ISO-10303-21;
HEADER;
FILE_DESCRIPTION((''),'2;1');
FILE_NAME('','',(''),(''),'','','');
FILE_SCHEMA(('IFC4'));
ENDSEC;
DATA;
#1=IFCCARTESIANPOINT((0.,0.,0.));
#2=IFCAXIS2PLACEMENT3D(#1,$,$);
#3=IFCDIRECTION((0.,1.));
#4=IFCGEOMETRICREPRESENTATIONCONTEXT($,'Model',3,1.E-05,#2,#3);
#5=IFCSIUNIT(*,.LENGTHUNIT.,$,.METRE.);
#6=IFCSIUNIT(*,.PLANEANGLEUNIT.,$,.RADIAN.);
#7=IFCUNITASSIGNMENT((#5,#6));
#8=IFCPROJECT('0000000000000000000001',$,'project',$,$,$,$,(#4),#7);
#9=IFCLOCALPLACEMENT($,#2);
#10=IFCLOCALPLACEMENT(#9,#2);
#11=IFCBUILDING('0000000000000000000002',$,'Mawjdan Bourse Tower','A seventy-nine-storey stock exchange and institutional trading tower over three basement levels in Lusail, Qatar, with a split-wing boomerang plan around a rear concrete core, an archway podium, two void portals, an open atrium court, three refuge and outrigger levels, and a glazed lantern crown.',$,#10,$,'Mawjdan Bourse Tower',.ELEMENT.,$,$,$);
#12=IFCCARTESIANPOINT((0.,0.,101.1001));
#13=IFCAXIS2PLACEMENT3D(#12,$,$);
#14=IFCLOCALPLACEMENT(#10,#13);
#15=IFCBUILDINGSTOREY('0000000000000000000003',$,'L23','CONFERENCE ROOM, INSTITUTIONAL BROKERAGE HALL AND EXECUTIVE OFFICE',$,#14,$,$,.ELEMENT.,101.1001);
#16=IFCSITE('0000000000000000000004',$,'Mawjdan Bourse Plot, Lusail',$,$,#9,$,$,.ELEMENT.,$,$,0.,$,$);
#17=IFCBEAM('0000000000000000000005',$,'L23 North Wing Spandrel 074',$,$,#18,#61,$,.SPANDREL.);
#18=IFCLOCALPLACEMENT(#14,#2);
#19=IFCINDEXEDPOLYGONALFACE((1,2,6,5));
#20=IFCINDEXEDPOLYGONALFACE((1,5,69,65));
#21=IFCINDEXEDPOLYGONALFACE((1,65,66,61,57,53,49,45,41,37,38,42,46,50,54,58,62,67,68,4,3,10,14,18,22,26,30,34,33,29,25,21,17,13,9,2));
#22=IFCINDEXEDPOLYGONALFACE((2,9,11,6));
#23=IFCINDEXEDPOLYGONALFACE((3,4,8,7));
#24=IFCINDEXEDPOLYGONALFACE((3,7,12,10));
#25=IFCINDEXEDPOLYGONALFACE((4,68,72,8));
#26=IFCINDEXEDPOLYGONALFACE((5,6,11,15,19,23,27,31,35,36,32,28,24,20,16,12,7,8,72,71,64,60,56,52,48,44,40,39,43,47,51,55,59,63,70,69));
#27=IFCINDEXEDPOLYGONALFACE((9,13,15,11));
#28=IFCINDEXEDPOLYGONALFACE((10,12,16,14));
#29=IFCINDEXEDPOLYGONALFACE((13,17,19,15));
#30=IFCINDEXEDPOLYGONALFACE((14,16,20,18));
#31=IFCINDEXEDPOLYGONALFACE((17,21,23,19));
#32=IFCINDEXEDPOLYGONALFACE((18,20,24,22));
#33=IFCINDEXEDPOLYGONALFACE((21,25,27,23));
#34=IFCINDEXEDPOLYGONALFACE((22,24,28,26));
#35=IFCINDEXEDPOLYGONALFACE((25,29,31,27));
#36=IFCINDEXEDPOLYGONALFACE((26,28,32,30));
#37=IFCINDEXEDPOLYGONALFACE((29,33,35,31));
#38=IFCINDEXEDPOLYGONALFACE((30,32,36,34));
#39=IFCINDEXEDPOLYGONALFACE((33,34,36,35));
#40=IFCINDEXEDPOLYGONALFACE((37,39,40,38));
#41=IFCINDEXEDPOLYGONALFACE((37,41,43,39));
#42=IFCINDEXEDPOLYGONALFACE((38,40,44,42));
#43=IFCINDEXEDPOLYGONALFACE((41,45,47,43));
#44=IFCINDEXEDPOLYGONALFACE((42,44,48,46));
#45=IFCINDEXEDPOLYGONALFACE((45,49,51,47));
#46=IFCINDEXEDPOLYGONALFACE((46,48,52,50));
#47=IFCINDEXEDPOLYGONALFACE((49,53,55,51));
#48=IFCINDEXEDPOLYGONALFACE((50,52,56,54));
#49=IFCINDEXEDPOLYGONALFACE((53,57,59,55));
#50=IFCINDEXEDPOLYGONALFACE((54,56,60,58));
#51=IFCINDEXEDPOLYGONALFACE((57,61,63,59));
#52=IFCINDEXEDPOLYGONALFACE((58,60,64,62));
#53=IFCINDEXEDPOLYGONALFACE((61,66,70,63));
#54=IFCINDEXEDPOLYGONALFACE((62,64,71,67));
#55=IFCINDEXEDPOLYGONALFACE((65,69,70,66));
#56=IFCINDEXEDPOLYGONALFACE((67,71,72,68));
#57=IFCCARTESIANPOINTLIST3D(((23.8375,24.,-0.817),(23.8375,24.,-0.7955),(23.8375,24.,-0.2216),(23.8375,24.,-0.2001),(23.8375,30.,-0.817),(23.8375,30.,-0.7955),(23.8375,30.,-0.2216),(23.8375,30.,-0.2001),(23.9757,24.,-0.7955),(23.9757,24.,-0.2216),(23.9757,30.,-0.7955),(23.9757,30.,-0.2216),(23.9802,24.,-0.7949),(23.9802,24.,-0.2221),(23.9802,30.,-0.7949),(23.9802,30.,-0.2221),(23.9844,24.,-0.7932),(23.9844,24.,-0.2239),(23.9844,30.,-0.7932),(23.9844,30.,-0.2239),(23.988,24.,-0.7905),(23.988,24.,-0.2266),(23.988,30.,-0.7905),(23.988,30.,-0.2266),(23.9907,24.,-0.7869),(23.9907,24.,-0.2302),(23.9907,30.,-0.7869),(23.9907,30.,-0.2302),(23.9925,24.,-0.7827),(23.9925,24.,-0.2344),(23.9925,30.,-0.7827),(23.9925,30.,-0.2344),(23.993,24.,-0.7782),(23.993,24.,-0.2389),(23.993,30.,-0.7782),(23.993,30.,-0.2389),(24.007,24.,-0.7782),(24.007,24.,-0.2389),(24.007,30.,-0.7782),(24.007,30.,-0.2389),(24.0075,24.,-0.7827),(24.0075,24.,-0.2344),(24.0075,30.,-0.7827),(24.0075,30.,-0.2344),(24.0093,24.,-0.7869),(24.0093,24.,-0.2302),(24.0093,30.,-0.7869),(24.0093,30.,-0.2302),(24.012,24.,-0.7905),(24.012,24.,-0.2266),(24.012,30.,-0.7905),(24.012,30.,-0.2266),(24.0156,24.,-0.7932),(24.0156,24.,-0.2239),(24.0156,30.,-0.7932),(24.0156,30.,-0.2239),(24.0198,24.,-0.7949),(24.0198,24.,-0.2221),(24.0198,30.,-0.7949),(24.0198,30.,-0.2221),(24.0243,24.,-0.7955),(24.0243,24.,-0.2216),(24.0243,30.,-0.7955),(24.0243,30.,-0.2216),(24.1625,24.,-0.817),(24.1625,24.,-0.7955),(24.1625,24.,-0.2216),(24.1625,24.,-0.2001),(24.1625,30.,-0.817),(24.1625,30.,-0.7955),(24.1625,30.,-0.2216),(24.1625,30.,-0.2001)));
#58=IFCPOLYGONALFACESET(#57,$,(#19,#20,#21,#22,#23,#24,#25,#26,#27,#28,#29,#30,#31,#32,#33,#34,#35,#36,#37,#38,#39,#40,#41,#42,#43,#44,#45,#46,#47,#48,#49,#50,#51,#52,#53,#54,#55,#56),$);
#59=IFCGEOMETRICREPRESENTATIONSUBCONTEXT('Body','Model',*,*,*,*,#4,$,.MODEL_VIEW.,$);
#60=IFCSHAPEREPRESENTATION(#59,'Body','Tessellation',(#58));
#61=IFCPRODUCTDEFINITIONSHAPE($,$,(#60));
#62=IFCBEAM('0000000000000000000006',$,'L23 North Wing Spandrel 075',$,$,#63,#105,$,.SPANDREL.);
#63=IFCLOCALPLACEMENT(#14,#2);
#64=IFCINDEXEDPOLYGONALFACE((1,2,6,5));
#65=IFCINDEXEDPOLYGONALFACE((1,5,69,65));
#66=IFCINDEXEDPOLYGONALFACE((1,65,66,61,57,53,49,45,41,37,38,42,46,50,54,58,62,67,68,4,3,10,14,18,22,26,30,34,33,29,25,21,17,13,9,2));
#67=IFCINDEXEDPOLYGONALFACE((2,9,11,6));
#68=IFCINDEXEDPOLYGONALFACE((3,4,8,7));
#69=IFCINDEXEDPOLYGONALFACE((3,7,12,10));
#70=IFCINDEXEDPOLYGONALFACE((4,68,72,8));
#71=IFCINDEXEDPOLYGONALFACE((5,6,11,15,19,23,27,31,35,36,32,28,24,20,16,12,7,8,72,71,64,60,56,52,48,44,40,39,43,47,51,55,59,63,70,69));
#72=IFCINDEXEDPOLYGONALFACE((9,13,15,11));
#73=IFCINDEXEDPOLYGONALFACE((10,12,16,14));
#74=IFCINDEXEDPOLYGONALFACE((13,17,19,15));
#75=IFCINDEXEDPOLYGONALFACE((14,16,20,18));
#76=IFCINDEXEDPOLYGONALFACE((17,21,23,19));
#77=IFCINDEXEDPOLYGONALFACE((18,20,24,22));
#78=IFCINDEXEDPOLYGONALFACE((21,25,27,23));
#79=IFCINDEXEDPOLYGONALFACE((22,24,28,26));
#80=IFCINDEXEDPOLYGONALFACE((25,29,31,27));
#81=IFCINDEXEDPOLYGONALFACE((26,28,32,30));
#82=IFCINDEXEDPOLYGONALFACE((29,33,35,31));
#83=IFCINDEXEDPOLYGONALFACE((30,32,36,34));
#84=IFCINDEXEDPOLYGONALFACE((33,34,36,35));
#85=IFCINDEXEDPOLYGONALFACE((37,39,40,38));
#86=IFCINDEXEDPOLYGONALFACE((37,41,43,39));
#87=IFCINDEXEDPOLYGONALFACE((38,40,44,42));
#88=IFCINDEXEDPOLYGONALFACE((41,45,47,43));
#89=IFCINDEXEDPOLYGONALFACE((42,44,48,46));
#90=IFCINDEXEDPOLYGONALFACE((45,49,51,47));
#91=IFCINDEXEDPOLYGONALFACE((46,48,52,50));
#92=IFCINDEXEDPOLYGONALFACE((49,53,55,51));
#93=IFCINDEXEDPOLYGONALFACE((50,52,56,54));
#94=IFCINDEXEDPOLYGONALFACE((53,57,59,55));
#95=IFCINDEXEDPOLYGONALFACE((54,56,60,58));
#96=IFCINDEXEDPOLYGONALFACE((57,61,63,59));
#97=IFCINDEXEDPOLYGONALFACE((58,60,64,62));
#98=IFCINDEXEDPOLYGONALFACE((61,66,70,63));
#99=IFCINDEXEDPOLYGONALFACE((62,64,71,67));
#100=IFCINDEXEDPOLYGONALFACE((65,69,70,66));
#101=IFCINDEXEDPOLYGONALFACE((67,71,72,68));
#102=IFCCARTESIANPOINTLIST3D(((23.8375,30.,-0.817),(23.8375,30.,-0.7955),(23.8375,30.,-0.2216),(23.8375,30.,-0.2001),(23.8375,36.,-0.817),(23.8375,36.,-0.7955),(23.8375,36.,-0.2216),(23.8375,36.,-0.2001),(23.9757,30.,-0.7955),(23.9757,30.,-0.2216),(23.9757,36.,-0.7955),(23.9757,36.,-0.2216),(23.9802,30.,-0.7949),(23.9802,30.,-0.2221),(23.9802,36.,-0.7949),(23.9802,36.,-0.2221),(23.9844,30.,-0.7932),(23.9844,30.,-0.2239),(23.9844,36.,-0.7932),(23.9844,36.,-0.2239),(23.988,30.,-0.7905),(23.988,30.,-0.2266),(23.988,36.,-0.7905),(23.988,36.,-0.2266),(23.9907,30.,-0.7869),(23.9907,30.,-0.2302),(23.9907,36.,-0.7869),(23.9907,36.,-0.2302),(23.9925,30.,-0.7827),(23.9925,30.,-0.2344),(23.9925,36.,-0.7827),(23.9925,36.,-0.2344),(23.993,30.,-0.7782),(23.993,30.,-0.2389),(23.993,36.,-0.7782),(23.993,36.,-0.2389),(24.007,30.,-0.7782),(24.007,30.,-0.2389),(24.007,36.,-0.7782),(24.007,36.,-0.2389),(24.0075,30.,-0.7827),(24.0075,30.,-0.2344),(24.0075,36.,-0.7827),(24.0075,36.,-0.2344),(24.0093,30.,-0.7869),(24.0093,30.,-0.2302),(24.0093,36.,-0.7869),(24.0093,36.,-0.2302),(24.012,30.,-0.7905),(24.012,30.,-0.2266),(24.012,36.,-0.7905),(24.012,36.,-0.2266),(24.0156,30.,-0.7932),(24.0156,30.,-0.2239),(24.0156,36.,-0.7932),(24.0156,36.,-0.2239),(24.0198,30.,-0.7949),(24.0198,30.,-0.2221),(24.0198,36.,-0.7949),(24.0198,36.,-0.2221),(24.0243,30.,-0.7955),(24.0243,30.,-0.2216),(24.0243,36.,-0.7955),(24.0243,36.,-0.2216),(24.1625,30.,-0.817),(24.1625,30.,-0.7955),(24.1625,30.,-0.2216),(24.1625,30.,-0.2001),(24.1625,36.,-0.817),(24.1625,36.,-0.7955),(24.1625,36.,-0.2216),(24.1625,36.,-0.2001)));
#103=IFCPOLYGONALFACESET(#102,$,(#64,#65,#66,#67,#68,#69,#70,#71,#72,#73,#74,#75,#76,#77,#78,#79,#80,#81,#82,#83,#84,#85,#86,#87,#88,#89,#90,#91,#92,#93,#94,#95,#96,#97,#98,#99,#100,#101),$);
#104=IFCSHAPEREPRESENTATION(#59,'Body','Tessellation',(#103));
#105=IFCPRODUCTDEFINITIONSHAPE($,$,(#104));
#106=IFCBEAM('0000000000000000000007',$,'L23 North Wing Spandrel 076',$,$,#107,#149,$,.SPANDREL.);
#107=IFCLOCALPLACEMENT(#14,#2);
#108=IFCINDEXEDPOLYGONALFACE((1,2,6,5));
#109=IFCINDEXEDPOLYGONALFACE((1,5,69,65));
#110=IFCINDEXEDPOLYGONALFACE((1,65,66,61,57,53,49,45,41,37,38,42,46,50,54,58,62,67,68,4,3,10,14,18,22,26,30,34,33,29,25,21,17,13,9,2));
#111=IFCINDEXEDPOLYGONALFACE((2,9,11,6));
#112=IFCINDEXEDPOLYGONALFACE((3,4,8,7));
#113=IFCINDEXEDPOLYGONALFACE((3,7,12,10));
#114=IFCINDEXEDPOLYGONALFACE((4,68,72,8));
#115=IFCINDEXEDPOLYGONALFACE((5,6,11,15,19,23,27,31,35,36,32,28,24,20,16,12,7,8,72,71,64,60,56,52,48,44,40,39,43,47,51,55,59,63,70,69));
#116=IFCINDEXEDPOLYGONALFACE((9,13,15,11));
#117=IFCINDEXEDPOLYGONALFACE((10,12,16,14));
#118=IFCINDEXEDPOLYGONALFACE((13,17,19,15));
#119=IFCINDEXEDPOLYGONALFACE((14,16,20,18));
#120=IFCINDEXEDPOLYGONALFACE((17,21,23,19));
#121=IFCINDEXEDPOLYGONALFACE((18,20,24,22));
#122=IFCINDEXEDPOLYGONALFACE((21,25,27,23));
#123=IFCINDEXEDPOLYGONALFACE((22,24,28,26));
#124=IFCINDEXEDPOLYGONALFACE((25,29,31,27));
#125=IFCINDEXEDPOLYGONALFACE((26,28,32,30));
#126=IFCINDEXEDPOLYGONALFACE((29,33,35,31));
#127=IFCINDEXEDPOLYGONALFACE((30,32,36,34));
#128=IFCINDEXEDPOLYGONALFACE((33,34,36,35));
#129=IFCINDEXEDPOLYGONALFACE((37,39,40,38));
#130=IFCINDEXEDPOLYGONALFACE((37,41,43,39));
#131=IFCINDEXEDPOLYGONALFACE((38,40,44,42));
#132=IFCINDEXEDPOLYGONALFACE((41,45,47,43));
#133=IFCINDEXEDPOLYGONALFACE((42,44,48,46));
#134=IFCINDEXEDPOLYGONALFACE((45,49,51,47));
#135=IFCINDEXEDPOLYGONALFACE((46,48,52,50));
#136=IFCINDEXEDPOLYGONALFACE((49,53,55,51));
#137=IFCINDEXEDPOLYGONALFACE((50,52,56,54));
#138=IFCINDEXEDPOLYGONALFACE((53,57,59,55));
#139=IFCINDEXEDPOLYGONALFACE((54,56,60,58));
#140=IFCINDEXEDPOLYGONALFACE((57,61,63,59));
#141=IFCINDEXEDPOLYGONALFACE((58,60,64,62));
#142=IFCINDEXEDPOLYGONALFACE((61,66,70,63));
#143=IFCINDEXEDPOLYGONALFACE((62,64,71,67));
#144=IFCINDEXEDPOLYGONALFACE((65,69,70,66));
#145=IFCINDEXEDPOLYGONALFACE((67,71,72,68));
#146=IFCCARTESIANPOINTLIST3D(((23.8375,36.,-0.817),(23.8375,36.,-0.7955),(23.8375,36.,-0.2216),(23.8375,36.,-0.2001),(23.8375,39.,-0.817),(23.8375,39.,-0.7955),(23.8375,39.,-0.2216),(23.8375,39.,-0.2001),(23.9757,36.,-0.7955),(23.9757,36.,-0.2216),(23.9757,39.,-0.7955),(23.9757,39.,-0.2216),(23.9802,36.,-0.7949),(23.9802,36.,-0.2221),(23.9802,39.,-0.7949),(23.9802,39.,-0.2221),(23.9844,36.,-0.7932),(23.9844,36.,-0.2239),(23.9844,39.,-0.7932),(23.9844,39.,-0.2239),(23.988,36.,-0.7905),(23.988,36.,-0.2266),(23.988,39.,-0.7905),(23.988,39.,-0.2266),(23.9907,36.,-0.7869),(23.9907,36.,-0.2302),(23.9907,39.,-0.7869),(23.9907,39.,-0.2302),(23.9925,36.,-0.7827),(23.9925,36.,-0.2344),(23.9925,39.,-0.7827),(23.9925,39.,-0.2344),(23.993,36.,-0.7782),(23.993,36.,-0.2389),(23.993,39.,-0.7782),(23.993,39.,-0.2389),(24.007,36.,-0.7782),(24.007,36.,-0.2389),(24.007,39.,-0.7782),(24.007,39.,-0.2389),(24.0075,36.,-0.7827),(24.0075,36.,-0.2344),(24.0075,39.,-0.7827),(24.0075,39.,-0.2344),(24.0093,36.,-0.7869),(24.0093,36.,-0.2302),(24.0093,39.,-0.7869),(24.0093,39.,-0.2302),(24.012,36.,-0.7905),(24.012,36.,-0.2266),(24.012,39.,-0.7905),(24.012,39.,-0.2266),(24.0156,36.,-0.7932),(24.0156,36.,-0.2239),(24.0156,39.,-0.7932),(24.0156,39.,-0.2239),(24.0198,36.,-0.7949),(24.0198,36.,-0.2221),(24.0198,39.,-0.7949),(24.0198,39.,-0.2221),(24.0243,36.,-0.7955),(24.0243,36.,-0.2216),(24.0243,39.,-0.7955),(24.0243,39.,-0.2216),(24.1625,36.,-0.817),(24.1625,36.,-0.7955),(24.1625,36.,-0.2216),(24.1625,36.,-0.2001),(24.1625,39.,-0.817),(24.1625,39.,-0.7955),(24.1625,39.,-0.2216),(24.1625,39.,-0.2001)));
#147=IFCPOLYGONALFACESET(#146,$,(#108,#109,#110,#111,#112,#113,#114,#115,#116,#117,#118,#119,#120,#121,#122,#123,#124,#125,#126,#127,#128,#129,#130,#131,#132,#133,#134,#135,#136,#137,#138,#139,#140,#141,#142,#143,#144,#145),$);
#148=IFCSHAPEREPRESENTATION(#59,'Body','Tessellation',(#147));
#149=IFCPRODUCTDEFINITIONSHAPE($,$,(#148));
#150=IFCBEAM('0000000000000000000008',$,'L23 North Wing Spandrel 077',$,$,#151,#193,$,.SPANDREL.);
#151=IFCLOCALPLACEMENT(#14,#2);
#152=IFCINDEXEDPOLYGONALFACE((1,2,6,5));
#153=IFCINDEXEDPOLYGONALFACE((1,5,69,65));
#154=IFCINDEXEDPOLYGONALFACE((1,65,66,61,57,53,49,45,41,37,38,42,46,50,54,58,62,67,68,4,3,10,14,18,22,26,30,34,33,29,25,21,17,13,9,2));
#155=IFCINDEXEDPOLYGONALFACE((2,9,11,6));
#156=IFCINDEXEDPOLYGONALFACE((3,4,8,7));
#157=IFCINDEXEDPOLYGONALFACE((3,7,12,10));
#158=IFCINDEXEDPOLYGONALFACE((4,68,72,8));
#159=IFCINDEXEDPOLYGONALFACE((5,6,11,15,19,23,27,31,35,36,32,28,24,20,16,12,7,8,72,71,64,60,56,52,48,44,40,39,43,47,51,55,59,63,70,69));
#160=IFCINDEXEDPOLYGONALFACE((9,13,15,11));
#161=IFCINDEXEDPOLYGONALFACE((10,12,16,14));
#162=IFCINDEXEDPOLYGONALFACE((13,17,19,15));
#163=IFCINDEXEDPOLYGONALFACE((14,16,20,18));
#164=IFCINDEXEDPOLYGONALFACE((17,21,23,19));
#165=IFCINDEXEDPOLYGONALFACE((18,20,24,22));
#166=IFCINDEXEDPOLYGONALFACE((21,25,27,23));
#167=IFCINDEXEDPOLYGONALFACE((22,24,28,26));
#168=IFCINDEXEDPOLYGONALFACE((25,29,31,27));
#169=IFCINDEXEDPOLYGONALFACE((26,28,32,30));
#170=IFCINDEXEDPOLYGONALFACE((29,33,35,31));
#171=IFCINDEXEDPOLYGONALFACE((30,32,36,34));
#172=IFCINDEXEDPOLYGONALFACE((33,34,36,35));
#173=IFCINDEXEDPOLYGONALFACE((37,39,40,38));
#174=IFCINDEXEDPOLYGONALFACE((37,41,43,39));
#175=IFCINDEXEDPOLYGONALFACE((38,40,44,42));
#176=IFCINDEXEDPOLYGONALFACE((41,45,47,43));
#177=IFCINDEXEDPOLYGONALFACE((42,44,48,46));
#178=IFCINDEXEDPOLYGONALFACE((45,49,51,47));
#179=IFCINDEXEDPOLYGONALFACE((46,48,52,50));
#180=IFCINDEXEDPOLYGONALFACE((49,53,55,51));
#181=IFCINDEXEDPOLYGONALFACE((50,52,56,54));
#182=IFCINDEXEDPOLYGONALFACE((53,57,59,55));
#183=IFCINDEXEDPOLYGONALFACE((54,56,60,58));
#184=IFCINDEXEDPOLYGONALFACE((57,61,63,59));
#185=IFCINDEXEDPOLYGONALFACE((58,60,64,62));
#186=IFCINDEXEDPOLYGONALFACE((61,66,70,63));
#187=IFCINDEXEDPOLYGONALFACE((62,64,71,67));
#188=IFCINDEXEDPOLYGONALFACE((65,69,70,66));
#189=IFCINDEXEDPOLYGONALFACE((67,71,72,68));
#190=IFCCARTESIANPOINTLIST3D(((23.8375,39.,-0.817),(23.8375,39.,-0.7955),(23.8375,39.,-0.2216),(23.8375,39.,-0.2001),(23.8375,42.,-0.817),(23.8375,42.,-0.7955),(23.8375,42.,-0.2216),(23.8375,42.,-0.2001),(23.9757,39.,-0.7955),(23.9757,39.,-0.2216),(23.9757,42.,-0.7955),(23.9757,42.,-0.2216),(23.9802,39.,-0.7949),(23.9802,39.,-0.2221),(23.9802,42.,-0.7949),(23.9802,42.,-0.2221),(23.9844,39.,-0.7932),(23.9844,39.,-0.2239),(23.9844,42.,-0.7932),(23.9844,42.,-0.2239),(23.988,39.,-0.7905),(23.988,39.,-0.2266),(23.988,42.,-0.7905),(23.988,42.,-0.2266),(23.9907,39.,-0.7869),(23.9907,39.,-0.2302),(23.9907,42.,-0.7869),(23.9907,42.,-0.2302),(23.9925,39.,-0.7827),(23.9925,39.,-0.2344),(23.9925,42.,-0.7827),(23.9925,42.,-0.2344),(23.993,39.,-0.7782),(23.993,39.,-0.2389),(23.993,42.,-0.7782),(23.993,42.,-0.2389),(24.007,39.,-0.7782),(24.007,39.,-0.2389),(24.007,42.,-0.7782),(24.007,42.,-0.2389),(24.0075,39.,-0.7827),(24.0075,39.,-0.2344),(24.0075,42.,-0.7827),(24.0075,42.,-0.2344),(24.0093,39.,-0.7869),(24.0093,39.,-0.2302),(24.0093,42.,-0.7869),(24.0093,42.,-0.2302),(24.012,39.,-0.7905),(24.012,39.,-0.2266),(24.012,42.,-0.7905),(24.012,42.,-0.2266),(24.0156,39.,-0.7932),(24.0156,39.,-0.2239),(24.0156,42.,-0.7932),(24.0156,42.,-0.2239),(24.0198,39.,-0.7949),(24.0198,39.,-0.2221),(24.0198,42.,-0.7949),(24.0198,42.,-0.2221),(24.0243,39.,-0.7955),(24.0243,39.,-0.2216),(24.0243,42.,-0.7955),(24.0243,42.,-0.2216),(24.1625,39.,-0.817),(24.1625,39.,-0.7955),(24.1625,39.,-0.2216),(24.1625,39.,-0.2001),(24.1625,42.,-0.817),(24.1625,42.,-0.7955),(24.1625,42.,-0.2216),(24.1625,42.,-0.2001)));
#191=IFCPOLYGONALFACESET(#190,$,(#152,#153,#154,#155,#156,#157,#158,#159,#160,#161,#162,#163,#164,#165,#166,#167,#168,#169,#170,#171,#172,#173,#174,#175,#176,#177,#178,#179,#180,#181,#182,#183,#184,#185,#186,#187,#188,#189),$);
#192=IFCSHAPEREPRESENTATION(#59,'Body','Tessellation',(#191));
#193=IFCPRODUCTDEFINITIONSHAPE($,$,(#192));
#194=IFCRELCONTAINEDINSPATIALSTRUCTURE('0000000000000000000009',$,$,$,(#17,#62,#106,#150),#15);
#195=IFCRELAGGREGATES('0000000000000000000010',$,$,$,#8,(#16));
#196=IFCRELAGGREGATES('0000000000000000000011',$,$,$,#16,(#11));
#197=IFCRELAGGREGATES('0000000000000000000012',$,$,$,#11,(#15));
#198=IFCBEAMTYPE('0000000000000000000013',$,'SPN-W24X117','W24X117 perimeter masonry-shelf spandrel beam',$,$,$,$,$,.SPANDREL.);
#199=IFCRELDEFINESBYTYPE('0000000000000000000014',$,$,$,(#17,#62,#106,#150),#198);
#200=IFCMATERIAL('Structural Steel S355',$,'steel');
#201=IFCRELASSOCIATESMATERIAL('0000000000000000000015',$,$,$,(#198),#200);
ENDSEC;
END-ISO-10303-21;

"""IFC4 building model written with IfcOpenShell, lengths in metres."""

from ifc_helpers import new_model, si_unit, direction, frame, origin, origin_2d, place, context, subcontext, project, spatial, i_section, extrude, material, material_profile, profile_set, type_object, element, save


model = new_model("IFC4")

# Units and contexts
model_context = context("Model", 3, precision=1e-05, world=origin(), true_north=direction((0.0, 1.0)))
body_context = subcontext(model_context, "Body", "Model", "MODEL_VIEW")
ifc_project = project(units=[si_unit("LENGTHUNIT", "METRE"), si_unit("PLANEANGLEUNIT", "RADIAN")], contexts=[model_context])

# Site, building, storey
site_placement = place(None, origin())
site = spatial("IfcSite", under=ifc_project, at=site_placement, Name="Mawjdan Bourse Plot, Lusail", CompositionType="ELEMENT", RefElevation=0.0)
building_placement = place(site_placement, origin())
building = spatial("IfcBuilding", under=site, at=building_placement, Name="Mawjdan Bourse Tower", Description="A seventy-nine-storey stock exchange and institutional trading tower over three basement levels in Lusail, Qatar, with a split-wing boomerang plan around a rear concrete core, an archway podium, two void portals, an open atrium court, three refuge and outrigger levels, and a glazed lantern crown.", LongName="Mawjdan Bourse Tower", CompositionType="ELEMENT")
storey_placement = place(building_placement, frame((0.0, 0.0, 101.1001)))
storey = spatial("IfcBuildingStorey", under=building, at=storey_placement, Name="L23", Description="CONFERENCE ROOM, INSTITUTIONAL BROKERAGE HALL AND EXECUTIVE OFFICE", CompositionType="ELEMENT", Elevation=101.1001)

# Beams
ifc_material_1 = material(Name="Structural Steel S355", Category="steel")
ifc_material_profile_1 = material_profile(ifc_material_1, i_section(OverallWidth=0.325, OverallDepth=0.6169, WebThickness=0.0139, FlangeThickness=0.0215, FilletRadius=0.0173, at=origin_2d()), Name="W24X117")
ifc_profile_set_1 = profile_set([ifc_material_profile_1], Name="Structural Steel S355")
beam_type = type_object("IfcBeamType", Name="SPN-W24X117", Description="W24X117 perimeter masonry-shelf spandrel beam", PredefinedType="SPANDREL", material=ifc_profile_set_1)
for number, where, z_axis, x_axis, name in (
    (1, (24.0, 24.0, -0.5085), (0.0, 1.0, 0.0), (-1.0, 0.0, 0.0), "L23 North Wing Spandrel 074"),
    (2, (24.0, 30.0, -0.5085), (0.0, 1.0, 0.0), (-1.0, 0.0, 0.0), "L23 North Wing Spandrel 075"),
):
    element("IfcBeam", number, at=place(storey_placement, frame(where, z_axis=z_axis, x_axis=x_axis)), inside=storey, type_object=beam_type, Name=name, PredefinedType="SPANDREL", context=body_context, shape_type="SweptSolid", body=[
        extrude(i_section(OverallWidth=0.325, OverallDepth=0.6169, WebThickness=0.0139, FlangeThickness=0.0215, FilletRadius=0.0173, at=origin_2d()), origin(), (0.0, 0.0, 1.0), 6.0),
    ])
for number, where, z_axis, x_axis, name in (
    (3, (24.0, 36.0, -0.5085), (0.0, 1.0, 0.0), (-1.0, 0.0, 0.0), "L23 North Wing Spandrel 076"),
    (4, (24.0, 39.0, -0.5085), (0.0, 1.0, 0.0), (-1.0, 0.0, 0.0), "L23 North Wing Spandrel 077"),
):
    element("IfcBeam", number, at=place(storey_placement, frame(where, z_axis=z_axis, x_axis=x_axis)), inside=storey, type_object=beam_type, Name=name, PredefinedType="SPANDREL", context=body_context, shape_type="SweptSolid", body=[
        extrude(i_section(OverallWidth=0.325, OverallDepth=0.6169, WebThickness=0.0139, FlangeThickness=0.0215, FilletRadius=0.0173, at=origin_2d()), origin(), (0.0, 0.0, 1.0), 3.0),
    ])

save(model, "model.ifc")
